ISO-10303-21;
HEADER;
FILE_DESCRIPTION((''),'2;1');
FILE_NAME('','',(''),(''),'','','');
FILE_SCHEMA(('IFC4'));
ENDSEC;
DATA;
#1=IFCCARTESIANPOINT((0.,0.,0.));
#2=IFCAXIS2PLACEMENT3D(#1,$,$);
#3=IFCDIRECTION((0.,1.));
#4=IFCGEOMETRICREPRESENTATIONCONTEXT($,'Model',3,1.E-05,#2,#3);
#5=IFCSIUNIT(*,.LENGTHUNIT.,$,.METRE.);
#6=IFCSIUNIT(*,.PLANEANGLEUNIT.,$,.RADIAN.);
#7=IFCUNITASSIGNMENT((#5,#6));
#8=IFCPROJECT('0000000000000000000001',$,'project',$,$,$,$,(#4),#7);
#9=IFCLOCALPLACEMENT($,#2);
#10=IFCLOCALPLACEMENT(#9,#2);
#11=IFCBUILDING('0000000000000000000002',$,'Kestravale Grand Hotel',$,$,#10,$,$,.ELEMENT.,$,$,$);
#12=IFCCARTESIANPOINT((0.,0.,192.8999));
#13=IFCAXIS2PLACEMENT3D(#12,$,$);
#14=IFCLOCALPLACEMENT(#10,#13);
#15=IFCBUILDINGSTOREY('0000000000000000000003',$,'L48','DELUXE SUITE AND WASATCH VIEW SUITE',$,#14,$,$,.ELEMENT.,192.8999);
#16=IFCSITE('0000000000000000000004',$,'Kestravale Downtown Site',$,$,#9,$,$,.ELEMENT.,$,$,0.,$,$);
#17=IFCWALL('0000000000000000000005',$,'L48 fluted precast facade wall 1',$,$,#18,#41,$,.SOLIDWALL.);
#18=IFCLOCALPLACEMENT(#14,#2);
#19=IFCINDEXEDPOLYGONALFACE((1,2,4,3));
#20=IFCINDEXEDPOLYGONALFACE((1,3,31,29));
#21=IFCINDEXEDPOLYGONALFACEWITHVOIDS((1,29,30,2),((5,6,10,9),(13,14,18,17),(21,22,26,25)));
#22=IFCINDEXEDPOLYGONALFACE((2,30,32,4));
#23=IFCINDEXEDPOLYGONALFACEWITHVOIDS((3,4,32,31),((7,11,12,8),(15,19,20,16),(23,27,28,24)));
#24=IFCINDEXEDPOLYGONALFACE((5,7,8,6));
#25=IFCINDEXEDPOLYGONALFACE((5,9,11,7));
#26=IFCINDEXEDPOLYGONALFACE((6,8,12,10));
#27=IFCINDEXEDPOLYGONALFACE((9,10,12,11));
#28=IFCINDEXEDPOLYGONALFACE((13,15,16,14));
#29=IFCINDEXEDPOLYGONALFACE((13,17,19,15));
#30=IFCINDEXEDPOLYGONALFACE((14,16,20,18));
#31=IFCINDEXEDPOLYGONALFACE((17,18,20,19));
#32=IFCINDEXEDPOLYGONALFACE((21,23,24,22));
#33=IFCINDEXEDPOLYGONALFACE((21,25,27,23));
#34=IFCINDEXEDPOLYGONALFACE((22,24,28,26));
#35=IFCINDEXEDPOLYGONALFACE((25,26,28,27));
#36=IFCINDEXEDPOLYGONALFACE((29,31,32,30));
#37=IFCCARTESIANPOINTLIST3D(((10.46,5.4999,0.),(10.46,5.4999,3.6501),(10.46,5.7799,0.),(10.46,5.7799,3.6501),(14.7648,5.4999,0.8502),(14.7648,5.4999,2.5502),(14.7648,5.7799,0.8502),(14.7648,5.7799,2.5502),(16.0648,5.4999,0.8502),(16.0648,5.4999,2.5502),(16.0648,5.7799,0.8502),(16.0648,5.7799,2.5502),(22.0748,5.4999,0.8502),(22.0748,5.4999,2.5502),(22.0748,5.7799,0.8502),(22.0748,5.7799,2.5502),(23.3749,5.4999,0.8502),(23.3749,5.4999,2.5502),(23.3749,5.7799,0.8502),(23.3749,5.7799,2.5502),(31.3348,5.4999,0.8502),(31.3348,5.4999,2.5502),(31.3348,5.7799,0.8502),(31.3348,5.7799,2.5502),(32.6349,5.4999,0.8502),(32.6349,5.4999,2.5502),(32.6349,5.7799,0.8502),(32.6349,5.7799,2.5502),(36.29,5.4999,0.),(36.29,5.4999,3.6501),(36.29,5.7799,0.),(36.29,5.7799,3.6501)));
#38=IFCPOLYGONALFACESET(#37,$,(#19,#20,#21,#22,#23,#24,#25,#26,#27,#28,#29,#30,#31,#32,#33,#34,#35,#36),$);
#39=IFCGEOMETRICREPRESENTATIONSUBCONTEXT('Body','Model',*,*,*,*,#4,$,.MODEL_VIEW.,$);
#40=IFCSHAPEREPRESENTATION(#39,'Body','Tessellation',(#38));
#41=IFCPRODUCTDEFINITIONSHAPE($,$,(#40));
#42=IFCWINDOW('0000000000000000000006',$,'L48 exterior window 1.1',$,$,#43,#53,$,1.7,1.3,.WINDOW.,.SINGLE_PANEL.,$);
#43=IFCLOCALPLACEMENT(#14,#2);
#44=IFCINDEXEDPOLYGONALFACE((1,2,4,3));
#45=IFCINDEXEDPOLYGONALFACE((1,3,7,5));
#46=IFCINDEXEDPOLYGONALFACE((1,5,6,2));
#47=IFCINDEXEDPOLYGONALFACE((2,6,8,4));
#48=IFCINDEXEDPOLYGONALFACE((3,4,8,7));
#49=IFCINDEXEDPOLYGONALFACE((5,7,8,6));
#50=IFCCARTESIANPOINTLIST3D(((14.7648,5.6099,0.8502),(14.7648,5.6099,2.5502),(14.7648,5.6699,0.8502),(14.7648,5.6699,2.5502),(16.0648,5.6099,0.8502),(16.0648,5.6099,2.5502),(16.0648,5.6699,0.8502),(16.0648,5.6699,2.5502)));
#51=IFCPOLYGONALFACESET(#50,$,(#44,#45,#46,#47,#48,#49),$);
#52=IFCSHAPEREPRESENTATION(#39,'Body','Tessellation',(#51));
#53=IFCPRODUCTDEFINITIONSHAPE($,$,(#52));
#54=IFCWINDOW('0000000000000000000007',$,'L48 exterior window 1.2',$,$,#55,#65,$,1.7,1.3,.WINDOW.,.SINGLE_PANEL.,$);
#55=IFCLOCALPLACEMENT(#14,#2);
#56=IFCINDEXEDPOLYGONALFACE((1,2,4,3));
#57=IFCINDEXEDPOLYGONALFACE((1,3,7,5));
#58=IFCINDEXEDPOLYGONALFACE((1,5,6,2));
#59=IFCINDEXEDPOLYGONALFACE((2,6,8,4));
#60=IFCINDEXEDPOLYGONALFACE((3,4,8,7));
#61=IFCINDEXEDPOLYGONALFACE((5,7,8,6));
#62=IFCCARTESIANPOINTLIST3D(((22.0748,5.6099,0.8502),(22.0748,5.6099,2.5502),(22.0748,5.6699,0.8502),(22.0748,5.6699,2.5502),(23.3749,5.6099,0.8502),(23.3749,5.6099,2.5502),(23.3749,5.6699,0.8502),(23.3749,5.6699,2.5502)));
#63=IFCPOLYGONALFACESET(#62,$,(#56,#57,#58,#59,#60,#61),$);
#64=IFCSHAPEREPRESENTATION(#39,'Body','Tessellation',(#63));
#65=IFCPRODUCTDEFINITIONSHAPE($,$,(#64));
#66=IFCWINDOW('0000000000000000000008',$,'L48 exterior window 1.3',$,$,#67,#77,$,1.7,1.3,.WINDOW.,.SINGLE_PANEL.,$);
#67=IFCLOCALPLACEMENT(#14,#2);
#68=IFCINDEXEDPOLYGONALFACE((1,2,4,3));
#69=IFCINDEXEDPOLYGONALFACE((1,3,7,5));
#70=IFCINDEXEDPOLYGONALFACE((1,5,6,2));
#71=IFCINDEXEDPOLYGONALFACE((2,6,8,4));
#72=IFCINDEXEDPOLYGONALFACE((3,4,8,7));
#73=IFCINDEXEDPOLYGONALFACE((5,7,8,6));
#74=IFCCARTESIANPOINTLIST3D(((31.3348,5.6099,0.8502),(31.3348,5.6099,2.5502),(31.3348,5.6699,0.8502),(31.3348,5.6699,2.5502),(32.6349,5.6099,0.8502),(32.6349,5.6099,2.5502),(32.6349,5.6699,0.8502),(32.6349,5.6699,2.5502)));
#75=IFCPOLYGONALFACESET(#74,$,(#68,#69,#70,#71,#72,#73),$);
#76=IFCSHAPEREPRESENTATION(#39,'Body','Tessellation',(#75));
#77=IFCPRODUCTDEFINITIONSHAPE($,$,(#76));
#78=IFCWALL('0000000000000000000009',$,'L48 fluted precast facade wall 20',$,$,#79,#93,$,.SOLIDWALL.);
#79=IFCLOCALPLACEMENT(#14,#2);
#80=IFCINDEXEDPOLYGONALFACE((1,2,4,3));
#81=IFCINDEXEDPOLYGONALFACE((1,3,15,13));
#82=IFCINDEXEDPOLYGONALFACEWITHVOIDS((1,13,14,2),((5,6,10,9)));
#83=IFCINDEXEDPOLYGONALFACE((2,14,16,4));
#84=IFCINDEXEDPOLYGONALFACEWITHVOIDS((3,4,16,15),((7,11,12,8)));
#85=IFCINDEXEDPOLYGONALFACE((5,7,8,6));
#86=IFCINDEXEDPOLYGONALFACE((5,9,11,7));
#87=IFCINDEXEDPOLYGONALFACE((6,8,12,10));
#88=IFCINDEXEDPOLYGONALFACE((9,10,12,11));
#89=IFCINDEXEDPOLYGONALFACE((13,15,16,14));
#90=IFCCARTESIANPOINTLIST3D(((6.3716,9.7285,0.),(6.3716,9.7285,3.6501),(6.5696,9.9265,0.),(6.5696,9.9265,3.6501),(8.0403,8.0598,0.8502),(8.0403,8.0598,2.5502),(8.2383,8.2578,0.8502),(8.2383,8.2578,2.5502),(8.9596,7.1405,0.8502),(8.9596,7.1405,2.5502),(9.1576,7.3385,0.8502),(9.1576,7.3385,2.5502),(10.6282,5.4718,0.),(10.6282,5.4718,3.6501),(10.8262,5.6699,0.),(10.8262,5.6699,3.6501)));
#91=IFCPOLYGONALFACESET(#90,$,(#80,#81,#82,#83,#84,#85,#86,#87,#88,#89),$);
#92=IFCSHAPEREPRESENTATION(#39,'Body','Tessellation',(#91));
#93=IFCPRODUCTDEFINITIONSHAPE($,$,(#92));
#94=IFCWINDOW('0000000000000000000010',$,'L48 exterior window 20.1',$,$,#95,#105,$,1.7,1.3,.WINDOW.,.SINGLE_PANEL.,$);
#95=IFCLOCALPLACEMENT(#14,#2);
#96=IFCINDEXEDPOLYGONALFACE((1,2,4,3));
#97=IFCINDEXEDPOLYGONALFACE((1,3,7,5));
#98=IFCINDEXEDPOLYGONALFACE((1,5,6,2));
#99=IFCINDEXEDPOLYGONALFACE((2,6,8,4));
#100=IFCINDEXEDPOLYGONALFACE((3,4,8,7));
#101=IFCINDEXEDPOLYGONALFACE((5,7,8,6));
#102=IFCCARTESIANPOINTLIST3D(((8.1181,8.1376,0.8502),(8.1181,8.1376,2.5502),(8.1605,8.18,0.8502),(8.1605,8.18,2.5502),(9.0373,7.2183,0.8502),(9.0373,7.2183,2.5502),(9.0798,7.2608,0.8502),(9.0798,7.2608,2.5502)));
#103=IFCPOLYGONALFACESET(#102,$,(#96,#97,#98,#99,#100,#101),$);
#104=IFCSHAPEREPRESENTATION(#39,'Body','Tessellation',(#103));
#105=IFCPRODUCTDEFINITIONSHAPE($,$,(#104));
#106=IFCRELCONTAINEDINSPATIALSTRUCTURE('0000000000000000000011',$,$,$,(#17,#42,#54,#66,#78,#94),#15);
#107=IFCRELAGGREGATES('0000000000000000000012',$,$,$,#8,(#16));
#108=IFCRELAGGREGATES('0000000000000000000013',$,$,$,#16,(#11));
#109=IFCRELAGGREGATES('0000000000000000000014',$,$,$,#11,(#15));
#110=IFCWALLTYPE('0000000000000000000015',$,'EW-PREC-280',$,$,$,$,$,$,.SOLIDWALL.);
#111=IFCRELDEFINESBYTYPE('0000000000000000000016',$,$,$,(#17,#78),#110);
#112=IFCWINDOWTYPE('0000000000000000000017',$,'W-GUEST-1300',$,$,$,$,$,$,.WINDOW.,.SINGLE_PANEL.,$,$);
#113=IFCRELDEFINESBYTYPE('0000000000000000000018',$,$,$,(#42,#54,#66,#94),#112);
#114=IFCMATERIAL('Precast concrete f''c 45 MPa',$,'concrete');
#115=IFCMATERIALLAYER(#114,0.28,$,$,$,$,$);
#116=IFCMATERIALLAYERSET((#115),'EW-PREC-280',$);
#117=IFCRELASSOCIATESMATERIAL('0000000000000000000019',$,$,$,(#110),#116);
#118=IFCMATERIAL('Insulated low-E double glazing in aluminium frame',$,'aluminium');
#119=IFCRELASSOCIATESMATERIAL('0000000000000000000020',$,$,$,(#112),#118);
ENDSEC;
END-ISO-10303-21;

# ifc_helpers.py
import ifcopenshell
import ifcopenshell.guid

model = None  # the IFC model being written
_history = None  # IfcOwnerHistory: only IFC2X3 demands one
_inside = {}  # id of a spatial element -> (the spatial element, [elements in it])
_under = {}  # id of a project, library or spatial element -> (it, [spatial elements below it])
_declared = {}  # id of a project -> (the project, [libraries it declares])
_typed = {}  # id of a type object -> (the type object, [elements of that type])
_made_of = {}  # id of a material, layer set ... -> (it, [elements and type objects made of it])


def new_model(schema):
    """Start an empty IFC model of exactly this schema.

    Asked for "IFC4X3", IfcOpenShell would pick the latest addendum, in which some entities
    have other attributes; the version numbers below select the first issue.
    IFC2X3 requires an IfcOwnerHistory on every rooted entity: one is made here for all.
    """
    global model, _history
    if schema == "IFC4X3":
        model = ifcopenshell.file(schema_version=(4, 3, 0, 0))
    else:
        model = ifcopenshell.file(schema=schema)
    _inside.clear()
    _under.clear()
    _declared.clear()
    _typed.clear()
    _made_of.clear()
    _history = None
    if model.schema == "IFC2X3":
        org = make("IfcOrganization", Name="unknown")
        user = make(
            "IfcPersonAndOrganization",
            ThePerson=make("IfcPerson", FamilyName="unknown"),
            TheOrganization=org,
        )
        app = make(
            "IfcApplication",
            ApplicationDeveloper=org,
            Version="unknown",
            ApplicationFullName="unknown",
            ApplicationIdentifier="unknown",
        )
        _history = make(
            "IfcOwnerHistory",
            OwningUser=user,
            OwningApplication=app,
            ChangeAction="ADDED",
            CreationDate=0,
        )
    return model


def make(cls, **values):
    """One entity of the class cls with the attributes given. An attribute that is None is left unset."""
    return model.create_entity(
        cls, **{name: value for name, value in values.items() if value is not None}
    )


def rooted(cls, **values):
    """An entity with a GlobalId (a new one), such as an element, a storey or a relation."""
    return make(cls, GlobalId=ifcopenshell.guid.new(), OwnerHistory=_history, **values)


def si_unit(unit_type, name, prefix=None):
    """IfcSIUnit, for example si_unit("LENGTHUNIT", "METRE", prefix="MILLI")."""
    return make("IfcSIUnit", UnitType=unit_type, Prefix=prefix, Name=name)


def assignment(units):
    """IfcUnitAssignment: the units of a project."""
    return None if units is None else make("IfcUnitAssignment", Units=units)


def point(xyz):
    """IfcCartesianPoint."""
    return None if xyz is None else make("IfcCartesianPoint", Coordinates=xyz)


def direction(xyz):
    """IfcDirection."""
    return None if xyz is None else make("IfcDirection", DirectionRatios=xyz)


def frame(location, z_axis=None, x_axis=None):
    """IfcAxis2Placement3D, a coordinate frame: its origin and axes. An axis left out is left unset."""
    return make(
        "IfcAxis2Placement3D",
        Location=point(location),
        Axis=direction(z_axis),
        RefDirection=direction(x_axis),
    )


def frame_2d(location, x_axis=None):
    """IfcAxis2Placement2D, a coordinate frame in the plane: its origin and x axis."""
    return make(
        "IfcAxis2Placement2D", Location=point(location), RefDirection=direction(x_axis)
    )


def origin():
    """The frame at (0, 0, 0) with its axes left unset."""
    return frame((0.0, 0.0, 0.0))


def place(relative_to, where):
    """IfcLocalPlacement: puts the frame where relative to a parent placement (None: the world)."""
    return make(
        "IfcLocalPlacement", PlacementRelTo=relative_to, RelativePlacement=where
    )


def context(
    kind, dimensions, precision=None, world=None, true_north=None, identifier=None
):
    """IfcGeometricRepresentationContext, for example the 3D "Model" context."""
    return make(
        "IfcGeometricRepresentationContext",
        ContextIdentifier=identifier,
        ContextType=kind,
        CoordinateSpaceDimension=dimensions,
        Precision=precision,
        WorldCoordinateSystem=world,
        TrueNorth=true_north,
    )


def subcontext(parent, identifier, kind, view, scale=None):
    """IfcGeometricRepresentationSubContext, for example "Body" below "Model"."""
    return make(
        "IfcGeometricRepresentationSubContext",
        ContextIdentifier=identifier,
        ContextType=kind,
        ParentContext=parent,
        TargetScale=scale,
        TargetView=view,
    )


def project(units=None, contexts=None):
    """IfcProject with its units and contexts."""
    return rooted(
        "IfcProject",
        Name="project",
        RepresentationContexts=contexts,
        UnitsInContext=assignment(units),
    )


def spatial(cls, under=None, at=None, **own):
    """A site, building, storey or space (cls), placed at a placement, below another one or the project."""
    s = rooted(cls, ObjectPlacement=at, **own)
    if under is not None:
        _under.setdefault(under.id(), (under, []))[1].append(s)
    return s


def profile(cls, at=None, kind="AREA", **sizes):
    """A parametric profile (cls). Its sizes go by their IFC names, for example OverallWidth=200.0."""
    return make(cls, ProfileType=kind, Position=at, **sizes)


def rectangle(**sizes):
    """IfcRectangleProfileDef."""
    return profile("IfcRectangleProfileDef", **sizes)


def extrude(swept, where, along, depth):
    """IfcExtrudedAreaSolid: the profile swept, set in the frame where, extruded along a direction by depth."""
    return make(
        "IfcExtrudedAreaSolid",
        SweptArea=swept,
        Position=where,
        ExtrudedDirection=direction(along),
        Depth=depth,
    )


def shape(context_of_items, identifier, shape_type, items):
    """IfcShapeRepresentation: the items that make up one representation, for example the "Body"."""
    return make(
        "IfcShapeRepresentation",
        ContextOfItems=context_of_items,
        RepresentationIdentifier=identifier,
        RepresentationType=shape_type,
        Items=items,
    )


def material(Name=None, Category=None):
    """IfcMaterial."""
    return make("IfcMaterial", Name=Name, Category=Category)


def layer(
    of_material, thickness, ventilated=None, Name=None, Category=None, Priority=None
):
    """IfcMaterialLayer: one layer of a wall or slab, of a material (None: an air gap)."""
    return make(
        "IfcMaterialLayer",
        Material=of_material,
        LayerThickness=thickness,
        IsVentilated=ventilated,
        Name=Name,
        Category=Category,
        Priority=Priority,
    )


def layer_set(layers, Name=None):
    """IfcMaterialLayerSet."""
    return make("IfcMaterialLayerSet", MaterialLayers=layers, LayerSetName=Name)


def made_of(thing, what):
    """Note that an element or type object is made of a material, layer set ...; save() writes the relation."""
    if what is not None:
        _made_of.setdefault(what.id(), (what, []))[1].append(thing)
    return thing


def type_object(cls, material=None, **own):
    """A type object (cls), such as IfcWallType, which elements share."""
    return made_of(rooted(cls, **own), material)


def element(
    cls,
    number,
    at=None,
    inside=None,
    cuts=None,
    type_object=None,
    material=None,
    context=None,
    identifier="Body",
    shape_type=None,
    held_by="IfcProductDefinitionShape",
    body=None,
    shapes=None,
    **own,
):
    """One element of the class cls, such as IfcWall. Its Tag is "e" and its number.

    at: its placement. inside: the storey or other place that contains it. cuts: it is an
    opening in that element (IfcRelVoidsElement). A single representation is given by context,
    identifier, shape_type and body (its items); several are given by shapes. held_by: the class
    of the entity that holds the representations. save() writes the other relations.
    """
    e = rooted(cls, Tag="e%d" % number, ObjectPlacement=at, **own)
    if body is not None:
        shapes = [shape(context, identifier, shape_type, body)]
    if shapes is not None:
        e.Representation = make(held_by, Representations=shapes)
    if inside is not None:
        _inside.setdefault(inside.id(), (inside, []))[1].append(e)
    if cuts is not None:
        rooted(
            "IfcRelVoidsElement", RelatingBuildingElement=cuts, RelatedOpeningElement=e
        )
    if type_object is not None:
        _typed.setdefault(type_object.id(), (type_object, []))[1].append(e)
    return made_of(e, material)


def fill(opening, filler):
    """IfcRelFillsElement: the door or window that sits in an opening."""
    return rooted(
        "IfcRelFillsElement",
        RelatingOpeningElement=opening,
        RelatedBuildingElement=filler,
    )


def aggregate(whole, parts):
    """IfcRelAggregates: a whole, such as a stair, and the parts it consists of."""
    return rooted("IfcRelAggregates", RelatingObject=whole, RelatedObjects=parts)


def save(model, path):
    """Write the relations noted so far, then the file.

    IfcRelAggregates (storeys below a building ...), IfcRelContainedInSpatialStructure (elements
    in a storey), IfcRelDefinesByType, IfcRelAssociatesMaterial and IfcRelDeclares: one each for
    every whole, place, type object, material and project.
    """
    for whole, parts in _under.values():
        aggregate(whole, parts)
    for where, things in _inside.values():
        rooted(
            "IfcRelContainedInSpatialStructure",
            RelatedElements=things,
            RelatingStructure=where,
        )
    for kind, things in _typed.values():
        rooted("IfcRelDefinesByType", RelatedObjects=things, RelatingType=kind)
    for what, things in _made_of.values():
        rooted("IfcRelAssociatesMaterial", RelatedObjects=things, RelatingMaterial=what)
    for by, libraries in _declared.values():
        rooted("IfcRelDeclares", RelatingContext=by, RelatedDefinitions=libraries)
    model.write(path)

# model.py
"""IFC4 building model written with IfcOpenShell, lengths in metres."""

from ifc_helpers import new_model, si_unit, direction, frame, frame_2d, origin, place, context, subcontext, project, spatial, rectangle, extrude, material, layer, layer_set, type_object, element, fill, save


model = new_model("IFC4")

# Units and contexts
model_context = context("Model", 3, precision=1e-05, world=origin(), true_north=direction((0.0, 1.0)))
body_context = subcontext(model_context, "Body", "Model", "MODEL_VIEW")
ifc_project = project(units=[si_unit("LENGTHUNIT", "METRE"), si_unit("PLANEANGLEUNIT", "RADIAN")], contexts=[model_context])

# Site, building, storey
site_placement = place(None, origin())
site = spatial("IfcSite", under=ifc_project, at=site_placement, Name="Kestravale Downtown Site", CompositionType="ELEMENT", RefElevation=0.0)
building_placement = place(site_placement, origin())
building = spatial("IfcBuilding", under=site, at=building_placement, Name="Kestravale Grand Hotel", CompositionType="ELEMENT")
storey_placement = place(building_placement, frame((0.0, 0.0, 192.8999)))
storey = spatial("IfcBuildingStorey", under=building, at=storey_placement, Name="L48", Description="DELUXE SUITE AND WASATCH VIEW SUITE", CompositionType="ELEMENT", Elevation=192.8999)

# Wall, openings, windows
ifc_material_1 = material(Name="Precast concrete f'c 45 MPa", Category="concrete")
ifc_layer_1 = layer(ifc_material_1, 0.28)
ifc_layer_set_1 = layer_set([ifc_layer_1], Name="EW-PREC-280")
wall_type_1 = type_object("IfcWallType", Name="EW-PREC-280", PredefinedType="SOLIDWALL", material=ifc_layer_set_1)
wall_1_placement = place(storey_placement, frame((10.46, 5.6399, 0.0), z_axis=(0.0, 0.0, 1.0), x_axis=(1.0, 0.0, 0.0)))
wall_1 = element("IfcWall", 1, at=wall_1_placement, inside=storey, type_object=wall_type_1, Name="L48 fluted precast facade wall 1", PredefinedType="SOLIDWALL", context=body_context, shape_type="SweptSolid", body=[
    extrude(rectangle(XDim=25.8301, YDim=0.28, at=frame_2d((12.915, 0.0))), origin(), (0.0, 0.0, 1.0), 3.6501),
])
opening_1_placement = place(wall_1_placement, frame((4.3049, 0.0, 0.8501)))
opening_1 = element("IfcOpeningElement", 2, at=opening_1_placement, cuts=wall_1, PredefinedType="OPENING", context=body_context, shape_type="SweptSolid", body=[
    extrude(rectangle(XDim=1.3, YDim=1.7, at=frame_2d((0.6499, 0.8501))), frame((0.0, 0.1499, 0.0), z_axis=(0.0, -1.0, 0.0), x_axis=(1.0, 0.0, 0.0)), (0.0, 0.0, 1.0), 0.3),
])
opening_2_placement = place(wall_1_placement, frame((11.615, 0.0, 0.8501)))
opening_2 = element("IfcOpeningElement", 3, at=opening_2_placement, cuts=wall_1, PredefinedType="OPENING", context=body_context, shape_type="SweptSolid", body=[
    extrude(rectangle(XDim=1.3, YDim=1.7, at=frame_2d((0.6499, 0.8501))), frame((0.0, 0.1499, 0.0), z_axis=(0.0, -1.0, 0.0), x_axis=(1.0, 0.0, 0.0)), (0.0, 0.0, 1.0), 0.3),
])
opening_3_placement = place(wall_1_placement, frame((20.875, 0.0, 0.8501)))
opening_3 = element("IfcOpeningElement", 4, at=opening_3_placement, cuts=wall_1, PredefinedType="OPENING", context=body_context, shape_type="SweptSolid", body=[
    extrude(rectangle(XDim=1.3, YDim=1.7, at=frame_2d((0.6499, 0.8501))), frame((0.0, 0.1499, 0.0), z_axis=(0.0, -1.0, 0.0), x_axis=(1.0, 0.0, 0.0)), (0.0, 0.0, 1.0), 0.3),
])
ifc_material_2 = material(Name="Insulated low-E double glazing in aluminium frame", Category="aluminium")
window_type = type_object("IfcWindowType", Name="W-GUEST-1300", PartitioningType="SINGLE_PANEL", PredefinedType="WINDOW", material=ifc_material_2)
window_1_placement = place(opening_1_placement, origin())
window_1 = element("IfcWindow", 5, at=window_1_placement, inside=storey, type_object=window_type, Name="L48 exterior window 1.1", OverallHeight=1.7, OverallWidth=1.3, PartitioningType="SINGLE_PANEL", PredefinedType="WINDOW", context=body_context, shape_type="SweptSolid", body=[
    extrude(rectangle(XDim=1.3, YDim=1.7, at=frame_2d((0.6499, 0.8501))), frame((0.0, 0.03, 0.0), z_axis=(0.0, -1.0, 0.0), x_axis=(1.0, 0.0, 0.0)), (0.0, 0.0, 1.0), 0.0601),
])
fill(opening_1, window_1)
window_2_placement = place(opening_2_placement, origin())
window_2 = element("IfcWindow", 6, at=window_2_placement, inside=storey, type_object=window_type, Name="L48 exterior window 1.2", OverallHeight=1.7, OverallWidth=1.3, PartitioningType="SINGLE_PANEL", PredefinedType="WINDOW", context=body_context, shape_type="SweptSolid", body=[
    extrude(rectangle(XDim=1.3, YDim=1.7, at=frame_2d((0.6499, 0.8501))), frame((0.0, 0.03, 0.0), z_axis=(0.0, -1.0, 0.0), x_axis=(1.0, 0.0, 0.0)), (0.0, 0.0, 1.0), 0.0601),
])
fill(opening_2, window_2)
window_3_placement = place(opening_3_placement, origin())
window_3 = element("IfcWindow", 7, at=window_3_placement, inside=storey, type_object=window_type, Name="L48 exterior window 1.3", OverallHeight=1.7, OverallWidth=1.3, PartitioningType="SINGLE_PANEL", PredefinedType="WINDOW", context=body_context, shape_type="SweptSolid", body=[
    extrude(rectangle(XDim=1.3, YDim=1.7, at=frame_2d((0.6499, 0.8501))), frame((0.0, 0.03, 0.0), z_axis=(0.0, -1.0, 0.0), x_axis=(1.0, 0.0, 0.0)), (0.0, 0.0, 1.0), 0.0601),
])
fill(opening_3, window_3)

# Wall, opening, window
wall_2_placement = place(storey_placement, frame((6.4707, 9.8274, 0.0), z_axis=(0.0, 0.0, 1.0), x_axis=(0.707107, -0.707107, 0.0)))
wall_2 = element("IfcWall", 8, at=wall_2_placement, inside=storey, type_object=wall_type_1, Name="L48 fluted precast facade wall 20", PredefinedType="SOLIDWALL", context=body_context, shape_type="SweptSolid", body=[
    extrude(rectangle(XDim=6.0198, YDim=0.28, at=frame_2d((3.0098, 0.0))), origin(), (0.0, 0.0, 1.0), 3.6501),
])
opening_4_placement = place(wall_2_placement, frame((2.3599, 0.0, 0.8501)))
opening_4 = element("IfcOpeningElement", 9, at=opening_4_placement, cuts=wall_2, PredefinedType="OPENING", context=body_context, shape_type="SweptSolid", body=[
    extrude(rectangle(XDim=1.3, YDim=1.7, at=frame_2d((0.6499, 0.8501))), frame((0.0, 0.1499, 0.0), z_axis=(0.0, -1.0, 0.0), x_axis=(1.0, 0.0, 0.0)), (0.0, 0.0, 1.0), 0.3),
])
window_4_placement = place(opening_4_placement, origin())
window_4 = element("IfcWindow", 10, at=window_4_placement, inside=storey, type_object=window_type, Name="L48 exterior window 20.1", OverallHeight=1.7, OverallWidth=1.3, PartitioningType="SINGLE_PANEL", PredefinedType="WINDOW", context=body_context, shape_type="SweptSolid", body=[
    extrude(rectangle(XDim=1.3, YDim=1.7, at=frame_2d((0.6499, 0.8501))), frame((0.0, 0.03, 0.0), z_axis=(0.0, -1.0, 0.0), x_axis=(1.0, 0.0, 0.0)), (0.0, 0.0, 1.0), 0.0601),
])
fill(opening_4, window_4)

save(model, "model.ifc")
